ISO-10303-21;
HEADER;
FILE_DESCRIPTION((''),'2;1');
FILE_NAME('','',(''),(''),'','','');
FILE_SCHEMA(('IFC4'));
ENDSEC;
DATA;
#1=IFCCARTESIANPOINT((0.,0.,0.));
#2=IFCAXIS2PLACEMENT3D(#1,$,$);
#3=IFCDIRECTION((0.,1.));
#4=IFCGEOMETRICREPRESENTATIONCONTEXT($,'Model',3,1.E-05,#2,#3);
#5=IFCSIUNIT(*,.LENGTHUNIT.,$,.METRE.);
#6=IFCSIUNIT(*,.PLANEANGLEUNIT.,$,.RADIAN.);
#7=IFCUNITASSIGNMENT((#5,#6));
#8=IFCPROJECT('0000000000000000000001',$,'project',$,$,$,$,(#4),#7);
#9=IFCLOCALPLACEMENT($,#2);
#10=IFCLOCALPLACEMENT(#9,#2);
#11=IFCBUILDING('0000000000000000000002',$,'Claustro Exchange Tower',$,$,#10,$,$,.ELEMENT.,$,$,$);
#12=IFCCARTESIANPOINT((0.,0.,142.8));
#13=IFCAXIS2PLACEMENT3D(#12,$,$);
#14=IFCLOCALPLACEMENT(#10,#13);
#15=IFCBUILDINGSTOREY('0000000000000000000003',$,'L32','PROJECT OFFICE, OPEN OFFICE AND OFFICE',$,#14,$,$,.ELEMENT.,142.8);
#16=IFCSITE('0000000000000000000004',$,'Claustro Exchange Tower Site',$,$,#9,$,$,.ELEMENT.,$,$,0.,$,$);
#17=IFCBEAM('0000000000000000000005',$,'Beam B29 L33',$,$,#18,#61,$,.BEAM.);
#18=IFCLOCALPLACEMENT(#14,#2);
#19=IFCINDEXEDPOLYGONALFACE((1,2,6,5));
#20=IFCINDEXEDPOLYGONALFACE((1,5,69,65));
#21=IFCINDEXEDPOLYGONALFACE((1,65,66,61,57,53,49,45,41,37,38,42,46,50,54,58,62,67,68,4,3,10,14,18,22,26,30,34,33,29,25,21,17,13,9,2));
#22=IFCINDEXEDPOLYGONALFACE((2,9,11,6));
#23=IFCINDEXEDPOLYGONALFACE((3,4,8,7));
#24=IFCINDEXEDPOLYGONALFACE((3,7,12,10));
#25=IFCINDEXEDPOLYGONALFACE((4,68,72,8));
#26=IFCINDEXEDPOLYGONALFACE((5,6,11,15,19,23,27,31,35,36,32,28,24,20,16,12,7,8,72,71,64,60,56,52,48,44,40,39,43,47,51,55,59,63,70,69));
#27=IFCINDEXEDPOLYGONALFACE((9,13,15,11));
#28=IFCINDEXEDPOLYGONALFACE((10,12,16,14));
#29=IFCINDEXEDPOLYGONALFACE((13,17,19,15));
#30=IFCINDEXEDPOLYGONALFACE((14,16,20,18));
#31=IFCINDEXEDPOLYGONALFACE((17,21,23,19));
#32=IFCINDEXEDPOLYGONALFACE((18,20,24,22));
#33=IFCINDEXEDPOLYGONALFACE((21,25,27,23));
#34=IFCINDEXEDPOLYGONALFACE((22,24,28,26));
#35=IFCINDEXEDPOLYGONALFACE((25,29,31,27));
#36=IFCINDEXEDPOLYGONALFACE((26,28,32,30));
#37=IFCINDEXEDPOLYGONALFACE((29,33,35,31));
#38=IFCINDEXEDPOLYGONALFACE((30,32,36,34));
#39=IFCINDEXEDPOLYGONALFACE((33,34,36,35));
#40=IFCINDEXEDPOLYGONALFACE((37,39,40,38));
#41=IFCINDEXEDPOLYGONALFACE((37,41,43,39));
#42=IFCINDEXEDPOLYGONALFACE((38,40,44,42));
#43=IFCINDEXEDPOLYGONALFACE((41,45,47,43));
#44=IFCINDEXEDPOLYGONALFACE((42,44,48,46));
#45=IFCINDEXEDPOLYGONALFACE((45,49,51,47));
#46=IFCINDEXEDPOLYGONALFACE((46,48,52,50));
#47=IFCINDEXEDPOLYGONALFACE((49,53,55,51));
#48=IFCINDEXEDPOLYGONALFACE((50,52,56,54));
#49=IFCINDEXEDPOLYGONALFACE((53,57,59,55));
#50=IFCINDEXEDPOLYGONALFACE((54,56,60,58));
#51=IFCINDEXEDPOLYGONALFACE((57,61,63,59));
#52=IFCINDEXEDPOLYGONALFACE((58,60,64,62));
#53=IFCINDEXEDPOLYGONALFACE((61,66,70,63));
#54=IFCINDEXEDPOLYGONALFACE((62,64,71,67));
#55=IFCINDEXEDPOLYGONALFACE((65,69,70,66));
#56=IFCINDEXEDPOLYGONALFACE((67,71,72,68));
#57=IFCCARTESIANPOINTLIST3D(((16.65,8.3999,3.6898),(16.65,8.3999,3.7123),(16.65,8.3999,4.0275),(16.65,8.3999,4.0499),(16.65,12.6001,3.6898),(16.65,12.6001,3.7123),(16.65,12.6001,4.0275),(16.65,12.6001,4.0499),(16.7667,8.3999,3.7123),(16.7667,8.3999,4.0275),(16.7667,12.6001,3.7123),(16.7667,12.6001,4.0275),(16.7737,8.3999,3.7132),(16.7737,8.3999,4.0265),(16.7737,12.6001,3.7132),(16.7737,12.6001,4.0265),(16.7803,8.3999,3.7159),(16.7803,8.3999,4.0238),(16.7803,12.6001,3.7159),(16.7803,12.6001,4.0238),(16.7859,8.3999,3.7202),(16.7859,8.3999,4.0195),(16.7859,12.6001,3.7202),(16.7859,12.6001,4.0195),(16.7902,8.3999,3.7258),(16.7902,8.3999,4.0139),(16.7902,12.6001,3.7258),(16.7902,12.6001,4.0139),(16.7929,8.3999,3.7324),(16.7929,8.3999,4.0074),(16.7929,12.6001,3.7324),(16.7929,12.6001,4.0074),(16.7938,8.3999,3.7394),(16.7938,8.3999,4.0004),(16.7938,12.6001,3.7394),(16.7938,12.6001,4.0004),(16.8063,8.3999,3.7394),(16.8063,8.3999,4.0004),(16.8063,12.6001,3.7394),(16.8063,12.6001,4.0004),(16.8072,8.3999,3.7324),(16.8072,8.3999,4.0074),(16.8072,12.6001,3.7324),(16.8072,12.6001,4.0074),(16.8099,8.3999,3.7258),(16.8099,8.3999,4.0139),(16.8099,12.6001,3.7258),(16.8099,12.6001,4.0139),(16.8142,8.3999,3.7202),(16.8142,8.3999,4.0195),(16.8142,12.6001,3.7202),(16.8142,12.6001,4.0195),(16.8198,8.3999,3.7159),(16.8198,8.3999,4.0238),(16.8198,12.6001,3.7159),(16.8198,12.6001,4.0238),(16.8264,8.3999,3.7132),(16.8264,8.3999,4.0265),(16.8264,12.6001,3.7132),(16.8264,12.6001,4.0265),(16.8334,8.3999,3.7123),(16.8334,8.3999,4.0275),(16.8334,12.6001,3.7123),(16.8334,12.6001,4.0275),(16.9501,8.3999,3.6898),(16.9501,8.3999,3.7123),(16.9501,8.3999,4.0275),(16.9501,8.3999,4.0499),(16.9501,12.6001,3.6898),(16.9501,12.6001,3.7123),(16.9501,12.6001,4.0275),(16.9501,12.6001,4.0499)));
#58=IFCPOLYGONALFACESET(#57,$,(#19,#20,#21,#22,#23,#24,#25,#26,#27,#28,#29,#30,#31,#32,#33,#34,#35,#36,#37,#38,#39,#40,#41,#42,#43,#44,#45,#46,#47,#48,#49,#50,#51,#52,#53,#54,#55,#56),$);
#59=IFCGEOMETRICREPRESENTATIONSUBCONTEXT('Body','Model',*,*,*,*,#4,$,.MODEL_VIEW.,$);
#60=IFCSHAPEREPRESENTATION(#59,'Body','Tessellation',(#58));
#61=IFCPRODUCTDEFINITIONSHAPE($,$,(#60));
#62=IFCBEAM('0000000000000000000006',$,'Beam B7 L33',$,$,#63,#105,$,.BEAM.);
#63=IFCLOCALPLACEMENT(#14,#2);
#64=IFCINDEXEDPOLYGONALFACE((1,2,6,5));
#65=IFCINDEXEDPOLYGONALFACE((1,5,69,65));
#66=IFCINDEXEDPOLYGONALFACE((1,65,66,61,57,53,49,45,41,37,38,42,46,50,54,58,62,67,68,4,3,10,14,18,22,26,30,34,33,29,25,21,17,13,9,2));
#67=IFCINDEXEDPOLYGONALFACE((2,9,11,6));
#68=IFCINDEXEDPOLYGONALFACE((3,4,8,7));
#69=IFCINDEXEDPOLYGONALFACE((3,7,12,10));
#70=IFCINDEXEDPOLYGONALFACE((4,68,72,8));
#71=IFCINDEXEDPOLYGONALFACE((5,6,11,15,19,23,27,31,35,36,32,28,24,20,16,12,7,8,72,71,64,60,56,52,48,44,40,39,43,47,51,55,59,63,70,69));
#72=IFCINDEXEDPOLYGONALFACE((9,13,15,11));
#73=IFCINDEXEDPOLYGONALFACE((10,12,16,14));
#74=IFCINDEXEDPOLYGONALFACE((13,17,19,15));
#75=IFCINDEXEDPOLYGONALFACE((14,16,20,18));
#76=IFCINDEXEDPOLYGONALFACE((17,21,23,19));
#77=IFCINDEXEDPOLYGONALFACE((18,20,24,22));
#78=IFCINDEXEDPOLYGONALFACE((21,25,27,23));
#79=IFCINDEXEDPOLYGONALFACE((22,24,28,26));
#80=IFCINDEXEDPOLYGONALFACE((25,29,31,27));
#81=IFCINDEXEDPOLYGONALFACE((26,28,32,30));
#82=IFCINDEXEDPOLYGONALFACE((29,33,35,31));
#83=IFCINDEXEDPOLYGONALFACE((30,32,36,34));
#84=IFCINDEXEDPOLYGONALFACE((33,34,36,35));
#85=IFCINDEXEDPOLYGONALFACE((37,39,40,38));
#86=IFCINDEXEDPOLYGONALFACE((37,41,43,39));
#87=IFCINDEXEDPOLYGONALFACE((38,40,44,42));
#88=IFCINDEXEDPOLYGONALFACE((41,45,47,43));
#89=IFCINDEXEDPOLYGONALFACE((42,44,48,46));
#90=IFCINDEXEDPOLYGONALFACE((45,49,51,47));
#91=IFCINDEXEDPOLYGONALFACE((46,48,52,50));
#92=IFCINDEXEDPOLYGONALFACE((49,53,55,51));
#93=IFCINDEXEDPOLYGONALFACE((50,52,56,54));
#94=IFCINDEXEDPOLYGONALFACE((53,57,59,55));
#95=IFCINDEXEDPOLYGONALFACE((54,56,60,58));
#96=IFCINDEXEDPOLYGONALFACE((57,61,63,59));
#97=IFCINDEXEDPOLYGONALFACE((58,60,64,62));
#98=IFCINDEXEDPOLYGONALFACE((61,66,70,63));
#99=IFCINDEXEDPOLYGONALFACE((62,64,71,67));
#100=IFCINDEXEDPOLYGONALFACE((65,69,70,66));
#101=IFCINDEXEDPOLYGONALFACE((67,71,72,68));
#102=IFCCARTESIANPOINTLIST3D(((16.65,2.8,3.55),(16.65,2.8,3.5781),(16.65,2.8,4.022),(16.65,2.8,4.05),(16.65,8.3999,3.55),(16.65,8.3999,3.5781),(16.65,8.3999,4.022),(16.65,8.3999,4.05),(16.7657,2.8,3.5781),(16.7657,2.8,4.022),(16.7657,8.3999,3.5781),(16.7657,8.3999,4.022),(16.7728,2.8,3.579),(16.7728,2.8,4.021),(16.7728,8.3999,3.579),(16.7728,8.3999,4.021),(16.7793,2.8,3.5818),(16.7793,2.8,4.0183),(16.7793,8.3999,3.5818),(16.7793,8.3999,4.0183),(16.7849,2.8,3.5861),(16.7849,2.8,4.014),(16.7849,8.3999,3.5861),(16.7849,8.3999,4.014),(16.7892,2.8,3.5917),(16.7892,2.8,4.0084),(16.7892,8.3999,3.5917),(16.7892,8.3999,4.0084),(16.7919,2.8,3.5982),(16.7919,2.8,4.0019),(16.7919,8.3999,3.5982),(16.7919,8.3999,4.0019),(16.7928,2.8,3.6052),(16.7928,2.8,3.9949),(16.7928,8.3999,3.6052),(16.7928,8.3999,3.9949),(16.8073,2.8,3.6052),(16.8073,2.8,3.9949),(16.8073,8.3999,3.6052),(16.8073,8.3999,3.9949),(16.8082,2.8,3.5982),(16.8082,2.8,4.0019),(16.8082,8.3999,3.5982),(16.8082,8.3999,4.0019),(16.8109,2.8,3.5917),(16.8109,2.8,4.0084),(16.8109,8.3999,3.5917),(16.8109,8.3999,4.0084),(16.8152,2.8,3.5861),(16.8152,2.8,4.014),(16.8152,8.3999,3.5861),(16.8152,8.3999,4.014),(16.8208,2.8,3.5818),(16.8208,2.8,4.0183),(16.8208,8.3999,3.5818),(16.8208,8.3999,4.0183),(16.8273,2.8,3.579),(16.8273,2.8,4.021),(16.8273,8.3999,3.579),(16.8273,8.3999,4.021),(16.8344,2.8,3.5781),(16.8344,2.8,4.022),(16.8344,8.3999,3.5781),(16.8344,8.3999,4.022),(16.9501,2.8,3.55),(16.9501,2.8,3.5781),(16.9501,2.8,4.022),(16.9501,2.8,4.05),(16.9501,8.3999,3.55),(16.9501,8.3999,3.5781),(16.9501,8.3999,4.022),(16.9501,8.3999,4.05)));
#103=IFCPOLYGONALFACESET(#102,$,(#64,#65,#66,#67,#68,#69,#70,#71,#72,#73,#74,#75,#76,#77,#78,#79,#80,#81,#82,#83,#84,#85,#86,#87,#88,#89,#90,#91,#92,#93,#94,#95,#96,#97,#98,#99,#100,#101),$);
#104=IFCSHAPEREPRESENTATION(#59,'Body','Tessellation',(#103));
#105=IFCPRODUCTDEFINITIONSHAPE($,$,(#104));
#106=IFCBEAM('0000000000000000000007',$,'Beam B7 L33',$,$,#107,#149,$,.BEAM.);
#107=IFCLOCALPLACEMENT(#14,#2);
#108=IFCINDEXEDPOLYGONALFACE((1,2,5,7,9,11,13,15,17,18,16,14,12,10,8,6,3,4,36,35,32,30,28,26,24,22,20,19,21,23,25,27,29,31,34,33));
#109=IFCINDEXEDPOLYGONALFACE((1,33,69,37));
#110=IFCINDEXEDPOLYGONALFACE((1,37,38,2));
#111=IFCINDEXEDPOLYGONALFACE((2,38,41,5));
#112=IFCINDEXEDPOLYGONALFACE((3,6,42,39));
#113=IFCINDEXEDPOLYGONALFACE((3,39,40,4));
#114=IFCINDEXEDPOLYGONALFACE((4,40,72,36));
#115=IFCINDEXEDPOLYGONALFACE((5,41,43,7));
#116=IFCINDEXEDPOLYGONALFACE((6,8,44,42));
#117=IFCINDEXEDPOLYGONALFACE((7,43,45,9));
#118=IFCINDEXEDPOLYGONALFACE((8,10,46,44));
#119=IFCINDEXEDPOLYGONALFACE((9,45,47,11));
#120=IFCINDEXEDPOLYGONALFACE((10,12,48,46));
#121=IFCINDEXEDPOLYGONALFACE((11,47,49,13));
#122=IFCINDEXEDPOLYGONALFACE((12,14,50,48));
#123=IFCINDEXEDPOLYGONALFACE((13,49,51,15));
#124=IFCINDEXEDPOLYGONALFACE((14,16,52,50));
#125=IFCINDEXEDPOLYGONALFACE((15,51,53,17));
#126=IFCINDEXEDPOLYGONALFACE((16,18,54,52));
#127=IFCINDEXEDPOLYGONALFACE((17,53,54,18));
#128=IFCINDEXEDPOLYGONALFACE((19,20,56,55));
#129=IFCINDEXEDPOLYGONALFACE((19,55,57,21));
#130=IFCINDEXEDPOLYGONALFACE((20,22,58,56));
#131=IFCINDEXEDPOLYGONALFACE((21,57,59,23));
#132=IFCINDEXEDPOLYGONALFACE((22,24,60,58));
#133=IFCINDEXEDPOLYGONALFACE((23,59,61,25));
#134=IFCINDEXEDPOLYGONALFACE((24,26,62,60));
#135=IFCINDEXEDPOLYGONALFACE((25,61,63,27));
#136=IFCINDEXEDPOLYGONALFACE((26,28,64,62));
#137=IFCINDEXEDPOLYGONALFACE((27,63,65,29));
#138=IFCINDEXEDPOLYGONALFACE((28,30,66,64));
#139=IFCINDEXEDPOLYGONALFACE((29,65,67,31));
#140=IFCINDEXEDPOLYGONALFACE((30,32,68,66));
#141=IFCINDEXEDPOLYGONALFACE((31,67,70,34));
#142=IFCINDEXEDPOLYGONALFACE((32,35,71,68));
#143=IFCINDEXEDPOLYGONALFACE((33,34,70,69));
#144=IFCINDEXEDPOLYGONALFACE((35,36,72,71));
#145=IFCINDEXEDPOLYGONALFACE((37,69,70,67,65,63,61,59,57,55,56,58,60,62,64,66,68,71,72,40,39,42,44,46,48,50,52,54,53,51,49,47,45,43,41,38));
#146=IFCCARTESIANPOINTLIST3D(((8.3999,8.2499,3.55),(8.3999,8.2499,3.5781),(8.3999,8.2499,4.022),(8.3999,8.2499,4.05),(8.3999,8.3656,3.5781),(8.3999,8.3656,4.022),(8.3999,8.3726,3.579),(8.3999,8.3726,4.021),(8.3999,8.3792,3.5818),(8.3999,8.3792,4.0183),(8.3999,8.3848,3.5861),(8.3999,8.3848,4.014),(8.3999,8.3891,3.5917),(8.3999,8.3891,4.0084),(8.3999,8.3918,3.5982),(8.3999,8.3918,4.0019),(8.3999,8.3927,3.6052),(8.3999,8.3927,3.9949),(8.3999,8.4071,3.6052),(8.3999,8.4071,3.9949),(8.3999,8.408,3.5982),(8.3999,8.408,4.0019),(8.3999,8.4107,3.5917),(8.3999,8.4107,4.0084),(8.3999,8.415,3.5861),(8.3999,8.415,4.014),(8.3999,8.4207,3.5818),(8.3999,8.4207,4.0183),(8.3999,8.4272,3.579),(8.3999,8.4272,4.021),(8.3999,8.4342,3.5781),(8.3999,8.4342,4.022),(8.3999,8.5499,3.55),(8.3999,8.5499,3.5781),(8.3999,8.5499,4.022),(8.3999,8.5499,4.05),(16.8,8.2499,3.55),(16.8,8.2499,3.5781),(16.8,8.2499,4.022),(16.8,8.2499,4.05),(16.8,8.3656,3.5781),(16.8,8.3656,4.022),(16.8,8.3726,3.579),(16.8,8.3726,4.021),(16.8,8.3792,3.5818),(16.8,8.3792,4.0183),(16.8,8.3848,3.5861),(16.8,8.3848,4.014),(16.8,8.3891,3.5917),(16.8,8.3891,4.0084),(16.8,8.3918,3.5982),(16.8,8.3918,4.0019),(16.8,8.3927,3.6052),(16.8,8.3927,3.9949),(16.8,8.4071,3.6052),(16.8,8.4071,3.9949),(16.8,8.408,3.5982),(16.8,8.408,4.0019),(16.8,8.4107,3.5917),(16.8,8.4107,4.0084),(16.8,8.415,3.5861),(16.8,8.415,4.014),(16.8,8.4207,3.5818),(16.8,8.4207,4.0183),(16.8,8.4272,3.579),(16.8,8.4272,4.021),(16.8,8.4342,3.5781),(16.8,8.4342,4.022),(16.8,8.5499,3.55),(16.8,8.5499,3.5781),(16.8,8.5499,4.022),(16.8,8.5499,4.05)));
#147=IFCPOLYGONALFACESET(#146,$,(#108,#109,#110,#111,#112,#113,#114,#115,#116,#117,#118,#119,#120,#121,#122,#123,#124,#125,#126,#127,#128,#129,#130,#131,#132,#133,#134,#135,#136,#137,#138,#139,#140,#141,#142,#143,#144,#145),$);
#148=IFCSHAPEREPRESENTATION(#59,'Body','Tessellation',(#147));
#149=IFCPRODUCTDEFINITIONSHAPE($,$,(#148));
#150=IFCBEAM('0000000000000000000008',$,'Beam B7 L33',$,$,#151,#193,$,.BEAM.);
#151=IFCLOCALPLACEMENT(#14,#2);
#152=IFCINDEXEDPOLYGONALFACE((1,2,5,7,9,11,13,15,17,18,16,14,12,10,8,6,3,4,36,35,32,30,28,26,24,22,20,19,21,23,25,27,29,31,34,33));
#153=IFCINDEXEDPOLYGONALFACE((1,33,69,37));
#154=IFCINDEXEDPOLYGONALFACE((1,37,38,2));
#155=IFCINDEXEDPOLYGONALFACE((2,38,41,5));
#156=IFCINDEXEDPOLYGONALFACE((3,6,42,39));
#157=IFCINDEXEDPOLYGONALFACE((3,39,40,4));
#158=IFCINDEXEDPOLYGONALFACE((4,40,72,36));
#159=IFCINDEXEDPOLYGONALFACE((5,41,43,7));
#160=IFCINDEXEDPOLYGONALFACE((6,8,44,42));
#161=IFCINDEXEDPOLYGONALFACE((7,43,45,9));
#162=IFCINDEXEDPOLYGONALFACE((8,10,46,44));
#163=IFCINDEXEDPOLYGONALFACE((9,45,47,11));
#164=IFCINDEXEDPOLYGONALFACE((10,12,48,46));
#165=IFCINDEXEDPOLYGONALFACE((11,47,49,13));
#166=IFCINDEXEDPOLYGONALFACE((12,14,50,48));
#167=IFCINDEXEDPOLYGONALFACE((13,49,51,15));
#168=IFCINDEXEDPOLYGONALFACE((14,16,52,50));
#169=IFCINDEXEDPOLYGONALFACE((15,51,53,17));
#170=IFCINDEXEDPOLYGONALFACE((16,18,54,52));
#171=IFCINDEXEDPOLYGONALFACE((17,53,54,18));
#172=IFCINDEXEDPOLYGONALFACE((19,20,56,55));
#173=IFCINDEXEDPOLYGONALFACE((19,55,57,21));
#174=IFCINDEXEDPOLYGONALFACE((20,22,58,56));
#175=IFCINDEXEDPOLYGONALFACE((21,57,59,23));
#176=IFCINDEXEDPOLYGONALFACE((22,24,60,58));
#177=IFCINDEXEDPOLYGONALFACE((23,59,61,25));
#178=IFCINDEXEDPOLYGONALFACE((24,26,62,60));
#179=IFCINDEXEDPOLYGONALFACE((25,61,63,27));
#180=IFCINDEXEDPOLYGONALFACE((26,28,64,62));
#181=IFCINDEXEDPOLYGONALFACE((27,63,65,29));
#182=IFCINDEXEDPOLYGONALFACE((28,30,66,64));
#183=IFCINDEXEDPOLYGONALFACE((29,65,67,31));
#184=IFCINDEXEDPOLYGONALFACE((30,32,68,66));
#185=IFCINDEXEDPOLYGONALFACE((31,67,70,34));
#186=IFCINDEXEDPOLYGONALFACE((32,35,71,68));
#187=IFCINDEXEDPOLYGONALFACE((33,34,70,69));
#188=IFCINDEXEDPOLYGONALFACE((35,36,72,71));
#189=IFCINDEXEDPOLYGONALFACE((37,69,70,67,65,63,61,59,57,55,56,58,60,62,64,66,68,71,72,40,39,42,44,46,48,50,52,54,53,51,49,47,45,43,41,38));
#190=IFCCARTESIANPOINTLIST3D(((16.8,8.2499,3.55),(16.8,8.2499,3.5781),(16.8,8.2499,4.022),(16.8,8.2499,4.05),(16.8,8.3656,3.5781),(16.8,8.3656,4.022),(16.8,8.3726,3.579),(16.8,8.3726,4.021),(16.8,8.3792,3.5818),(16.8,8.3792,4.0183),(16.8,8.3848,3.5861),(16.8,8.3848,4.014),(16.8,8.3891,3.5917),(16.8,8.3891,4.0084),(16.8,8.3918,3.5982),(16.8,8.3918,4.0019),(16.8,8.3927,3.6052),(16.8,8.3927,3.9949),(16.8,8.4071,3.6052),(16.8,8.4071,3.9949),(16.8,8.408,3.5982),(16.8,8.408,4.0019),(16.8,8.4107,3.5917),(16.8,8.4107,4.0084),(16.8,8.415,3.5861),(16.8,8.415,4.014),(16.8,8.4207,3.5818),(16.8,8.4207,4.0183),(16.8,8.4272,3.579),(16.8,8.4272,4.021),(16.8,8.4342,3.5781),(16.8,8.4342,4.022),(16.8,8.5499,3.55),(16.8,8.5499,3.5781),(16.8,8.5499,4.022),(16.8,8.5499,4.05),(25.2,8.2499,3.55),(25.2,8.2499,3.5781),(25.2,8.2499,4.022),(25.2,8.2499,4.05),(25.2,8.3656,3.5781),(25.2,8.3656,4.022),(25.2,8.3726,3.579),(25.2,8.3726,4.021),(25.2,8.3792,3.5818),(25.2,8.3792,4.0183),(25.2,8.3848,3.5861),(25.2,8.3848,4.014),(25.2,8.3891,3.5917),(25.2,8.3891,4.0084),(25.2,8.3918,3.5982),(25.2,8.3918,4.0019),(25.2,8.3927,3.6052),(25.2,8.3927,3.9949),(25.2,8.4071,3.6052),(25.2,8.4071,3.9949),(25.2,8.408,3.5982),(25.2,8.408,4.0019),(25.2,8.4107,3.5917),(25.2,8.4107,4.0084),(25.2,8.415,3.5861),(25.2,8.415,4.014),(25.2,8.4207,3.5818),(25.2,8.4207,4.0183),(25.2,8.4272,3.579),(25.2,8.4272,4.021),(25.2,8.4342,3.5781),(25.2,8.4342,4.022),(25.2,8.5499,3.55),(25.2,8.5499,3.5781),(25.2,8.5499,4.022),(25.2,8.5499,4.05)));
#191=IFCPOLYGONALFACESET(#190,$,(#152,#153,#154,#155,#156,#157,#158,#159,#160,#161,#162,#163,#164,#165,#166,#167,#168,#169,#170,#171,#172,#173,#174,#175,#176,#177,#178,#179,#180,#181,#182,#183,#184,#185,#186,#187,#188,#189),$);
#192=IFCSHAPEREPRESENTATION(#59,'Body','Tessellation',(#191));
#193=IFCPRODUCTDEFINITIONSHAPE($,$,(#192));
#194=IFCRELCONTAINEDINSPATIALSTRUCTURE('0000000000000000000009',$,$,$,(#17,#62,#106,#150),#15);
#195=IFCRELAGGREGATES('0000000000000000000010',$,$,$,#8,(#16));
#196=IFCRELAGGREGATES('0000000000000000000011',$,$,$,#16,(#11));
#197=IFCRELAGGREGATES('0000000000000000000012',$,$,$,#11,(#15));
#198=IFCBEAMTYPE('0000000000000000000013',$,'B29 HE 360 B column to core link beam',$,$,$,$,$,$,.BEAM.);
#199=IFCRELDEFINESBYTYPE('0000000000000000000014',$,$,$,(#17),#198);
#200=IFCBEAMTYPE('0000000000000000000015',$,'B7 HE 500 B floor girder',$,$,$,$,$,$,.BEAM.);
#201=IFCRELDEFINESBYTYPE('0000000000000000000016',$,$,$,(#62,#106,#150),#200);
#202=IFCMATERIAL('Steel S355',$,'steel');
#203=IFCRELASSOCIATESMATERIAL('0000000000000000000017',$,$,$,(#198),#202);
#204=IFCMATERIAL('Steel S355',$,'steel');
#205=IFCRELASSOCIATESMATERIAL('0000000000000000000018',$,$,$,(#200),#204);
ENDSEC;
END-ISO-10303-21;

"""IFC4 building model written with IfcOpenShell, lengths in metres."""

from ifc_helpers import new_model, si_unit, direction, frame, origin, origin_2d, place, context, subcontext, project, spatial, i_section, extrude, material, material_profile, profile_set, type_object, element, save


model = new_model("IFC4")

# Units and contexts
model_context = context("Model", 3, precision=1e-05, world=origin(), true_north=direction((0.0, 1.0)))
body_context = subcontext(model_context, "Body", "Model", "MODEL_VIEW")
ifc_project = project(units=[si_unit("LENGTHUNIT", "METRE"), si_unit("PLANEANGLEUNIT", "RADIAN")], contexts=[model_context])

# Site, building, storey
site_placement = place(None, origin())
site = spatial("IfcSite", under=ifc_project, at=site_placement, Name="Claustro Exchange Tower Site", CompositionType="ELEMENT", RefElevation=0.0)
building_placement = place(site_placement, origin())
building = spatial("IfcBuilding", under=site, at=building_placement, Name="Claustro Exchange Tower", CompositionType="ELEMENT")
storey_placement = place(building_placement, frame((0.0, 0.0, 142.8)))
storey = spatial("IfcBuildingStorey", under=building, at=storey_placement, Name="L32", Description="PROJECT OFFICE, OPEN OFFICE AND OFFICE", CompositionType="ELEMENT", Elevation=142.8)

# Beams
ifc_material_1 = material(Name="Steel S355", Category="steel")
ifc_material_profile_1 = material_profile(ifc_material_1, i_section(OverallWidth=0.3, OverallDepth=0.3601, WebThickness=0.0125, FlangeThickness=0.0225, FilletRadius=0.0271, at=origin_2d()), Name="HE 360 B")
ifc_profile_set_1 = profile_set([ifc_material_profile_1], Name="Steel S355")
beam_type_1 = type_object("IfcBeamType", Name="B29 HE 360 B column to core link beam", PredefinedType="BEAM", material=ifc_profile_set_1)
for number, where, z_axis, x_axis, name in (
    (1, (16.8, 8.3999, 3.8699), (0.0, 1.0, 0.0), (-1.0, 0.0, 0.0), "Beam B29 L33"),
):
    element("IfcBeam", number, at=place(storey_placement, frame(where, z_axis=z_axis, x_axis=x_axis)), inside=storey, type_object=beam_type_1, Name=name, PredefinedType="BEAM", context=body_context, shape_type="SweptSolid", body=[
        extrude(i_section(OverallWidth=0.3, OverallDepth=0.3601, WebThickness=0.0125, FlangeThickness=0.0225, FilletRadius=0.0271, at=origin_2d()), origin(), (0.0, 0.0, 1.0), 4.2002),
    ])
ifc_material_2 = material(Name="Steel S355", Category="steel")
ifc_material_profile_2 = material_profile(ifc_material_2, i_section(OverallWidth=0.3, OverallDepth=0.5, WebThickness=0.0144, FlangeThickness=0.0281, FilletRadius=0.0271, at=origin_2d()), Name="HE 500 B")
ifc_profile_set_2 = profile_set([ifc_material_profile_2], Name="Steel S355")
beam_type_2 = type_object("IfcBeamType", Name="B7 HE 500 B floor girder", PredefinedType="BEAM", material=ifc_profile_set_2)
beam_1_placement = place(storey_placement, frame((16.8, 2.8, 3.8), z_axis=(0.0, 1.0, 0.0), x_axis=(-1.0, 0.0, 0.0)))
element("IfcBeam", 2, at=beam_1_placement, inside=storey, type_object=beam_type_2, Name="Beam B7 L33", PredefinedType="BEAM", context=body_context, shape_type="SweptSolid", body=[
    extrude(i_section(OverallWidth=0.3, OverallDepth=0.5, WebThickness=0.0144, FlangeThickness=0.0281, FilletRadius=0.0271, at=origin_2d()), origin(), (0.0, 0.0, 1.0), 5.5999),
])
beam_2_placement = place(storey_placement, frame((8.3999, 8.3999, 3.8), z_axis=(1.0, 0.0, 0.0), x_axis=(0.0, 1.0, 0.0)))
element("IfcBeam", 3, at=beam_2_placement, inside=storey, type_object=beam_type_2, Name="Beam B7 L33", PredefinedType="BEAM", context=body_context, shape_type="SweptSolid", body=[
    extrude(i_section(OverallWidth=0.3, OverallDepth=0.5, WebThickness=0.0144, FlangeThickness=0.0281, FilletRadius=0.0271, at=origin_2d()), origin(), (0.0, 0.0, 1.0), 8.4001),
])
beam_3_placement = place(storey_placement, frame((16.8, 8.3999, 3.8), z_axis=(1.0, 0.0, 0.0), x_axis=(0.0, 1.0, 0.0)))
element("IfcBeam", 4, at=beam_3_placement, inside=storey, type_object=beam_type_2, Name="Beam B7 L33", PredefinedType="BEAM", context=body_context, shape_type="SweptSolid", body=[
    extrude(i_section(OverallWidth=0.3, OverallDepth=0.5, WebThickness=0.0144, FlangeThickness=0.0281, FilletRadius=0.0271, at=origin_2d()), origin(), (0.0, 0.0, 1.0), 8.3999),
])

save(model, "model.ifc")
